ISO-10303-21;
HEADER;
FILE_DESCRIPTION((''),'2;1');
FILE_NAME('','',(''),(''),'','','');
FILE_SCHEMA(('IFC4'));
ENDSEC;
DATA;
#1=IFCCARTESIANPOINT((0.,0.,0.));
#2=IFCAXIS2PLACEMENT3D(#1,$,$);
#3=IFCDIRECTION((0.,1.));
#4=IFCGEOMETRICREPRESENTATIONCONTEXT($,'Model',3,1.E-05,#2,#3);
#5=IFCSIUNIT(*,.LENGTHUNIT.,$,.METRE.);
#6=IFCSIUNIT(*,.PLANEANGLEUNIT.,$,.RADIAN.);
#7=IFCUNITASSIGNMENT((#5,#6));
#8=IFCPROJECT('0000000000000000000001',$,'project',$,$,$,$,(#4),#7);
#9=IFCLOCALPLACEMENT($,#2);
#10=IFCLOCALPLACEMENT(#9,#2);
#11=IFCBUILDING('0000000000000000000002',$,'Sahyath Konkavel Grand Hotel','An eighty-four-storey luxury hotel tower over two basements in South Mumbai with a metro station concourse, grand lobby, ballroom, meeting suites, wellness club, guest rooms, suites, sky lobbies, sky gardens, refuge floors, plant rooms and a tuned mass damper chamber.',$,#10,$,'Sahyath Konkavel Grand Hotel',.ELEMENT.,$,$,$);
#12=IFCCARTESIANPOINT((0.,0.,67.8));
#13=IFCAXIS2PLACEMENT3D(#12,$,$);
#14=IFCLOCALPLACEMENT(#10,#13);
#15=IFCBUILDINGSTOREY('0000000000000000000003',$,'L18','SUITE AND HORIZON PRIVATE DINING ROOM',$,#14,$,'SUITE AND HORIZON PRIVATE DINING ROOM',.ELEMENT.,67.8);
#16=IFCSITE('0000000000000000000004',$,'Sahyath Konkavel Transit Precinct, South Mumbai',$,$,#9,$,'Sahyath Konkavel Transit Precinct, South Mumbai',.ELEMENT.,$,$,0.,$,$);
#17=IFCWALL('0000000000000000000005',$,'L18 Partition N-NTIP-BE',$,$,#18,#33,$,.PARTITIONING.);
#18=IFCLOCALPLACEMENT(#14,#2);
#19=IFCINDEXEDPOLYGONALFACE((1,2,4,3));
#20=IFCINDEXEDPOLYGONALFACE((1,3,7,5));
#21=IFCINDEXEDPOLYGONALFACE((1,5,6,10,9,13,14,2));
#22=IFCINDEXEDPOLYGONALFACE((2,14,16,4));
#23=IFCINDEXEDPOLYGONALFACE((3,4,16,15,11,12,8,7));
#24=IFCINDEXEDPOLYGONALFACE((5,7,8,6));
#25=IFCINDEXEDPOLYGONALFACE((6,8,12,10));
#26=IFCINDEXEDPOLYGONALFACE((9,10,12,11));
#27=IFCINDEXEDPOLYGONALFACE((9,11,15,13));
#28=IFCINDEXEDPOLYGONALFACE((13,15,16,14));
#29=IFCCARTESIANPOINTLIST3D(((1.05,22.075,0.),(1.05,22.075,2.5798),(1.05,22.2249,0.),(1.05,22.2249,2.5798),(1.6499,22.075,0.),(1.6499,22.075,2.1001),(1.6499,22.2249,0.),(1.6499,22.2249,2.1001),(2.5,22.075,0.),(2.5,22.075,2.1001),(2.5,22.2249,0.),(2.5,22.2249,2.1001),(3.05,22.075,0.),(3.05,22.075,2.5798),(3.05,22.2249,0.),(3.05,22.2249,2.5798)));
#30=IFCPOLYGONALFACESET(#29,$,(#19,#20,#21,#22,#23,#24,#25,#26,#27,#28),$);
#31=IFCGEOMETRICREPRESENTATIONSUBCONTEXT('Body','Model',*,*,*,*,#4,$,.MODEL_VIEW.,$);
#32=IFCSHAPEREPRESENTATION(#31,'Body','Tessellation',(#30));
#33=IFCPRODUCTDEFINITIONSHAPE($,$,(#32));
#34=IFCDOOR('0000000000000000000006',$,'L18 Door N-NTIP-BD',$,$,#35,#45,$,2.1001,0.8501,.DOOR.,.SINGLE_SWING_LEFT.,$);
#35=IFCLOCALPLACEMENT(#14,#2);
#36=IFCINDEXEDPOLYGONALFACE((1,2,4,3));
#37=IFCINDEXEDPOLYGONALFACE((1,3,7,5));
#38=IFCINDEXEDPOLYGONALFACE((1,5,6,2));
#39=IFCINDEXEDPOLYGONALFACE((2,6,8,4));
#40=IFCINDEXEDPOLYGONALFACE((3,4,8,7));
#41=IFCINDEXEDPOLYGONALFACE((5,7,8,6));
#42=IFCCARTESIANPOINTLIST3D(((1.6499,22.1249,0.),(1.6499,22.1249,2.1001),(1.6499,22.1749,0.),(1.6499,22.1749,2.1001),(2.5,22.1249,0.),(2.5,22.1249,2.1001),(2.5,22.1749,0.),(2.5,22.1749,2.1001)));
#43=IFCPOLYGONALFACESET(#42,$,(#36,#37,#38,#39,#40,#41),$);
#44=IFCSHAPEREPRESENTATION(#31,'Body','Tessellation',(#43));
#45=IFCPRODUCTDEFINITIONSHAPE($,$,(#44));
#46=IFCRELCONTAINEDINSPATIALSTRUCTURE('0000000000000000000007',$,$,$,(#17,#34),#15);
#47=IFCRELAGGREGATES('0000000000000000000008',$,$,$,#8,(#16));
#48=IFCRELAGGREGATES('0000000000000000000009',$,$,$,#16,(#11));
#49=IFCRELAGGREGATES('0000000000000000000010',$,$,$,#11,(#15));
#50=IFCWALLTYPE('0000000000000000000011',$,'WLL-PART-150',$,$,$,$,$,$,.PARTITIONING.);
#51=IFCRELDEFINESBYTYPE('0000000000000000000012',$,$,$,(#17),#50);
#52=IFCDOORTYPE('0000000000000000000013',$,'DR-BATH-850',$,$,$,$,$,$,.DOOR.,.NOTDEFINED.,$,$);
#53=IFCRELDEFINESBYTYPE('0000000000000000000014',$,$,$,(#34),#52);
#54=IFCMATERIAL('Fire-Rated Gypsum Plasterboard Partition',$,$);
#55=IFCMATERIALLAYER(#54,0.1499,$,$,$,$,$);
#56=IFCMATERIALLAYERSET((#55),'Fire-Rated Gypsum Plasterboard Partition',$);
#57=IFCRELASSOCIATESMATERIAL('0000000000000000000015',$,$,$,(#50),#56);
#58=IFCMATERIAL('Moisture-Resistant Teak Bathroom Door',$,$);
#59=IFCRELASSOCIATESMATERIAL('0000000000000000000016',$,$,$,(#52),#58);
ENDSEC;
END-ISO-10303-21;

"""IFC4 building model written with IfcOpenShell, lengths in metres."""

from ifc_helpers import new_model, si_unit, direction, frame, frame_2d, origin, origin_2d, place, context, subcontext, project, spatial, rectangle, extrude, source, transform, mapped, material, layer, layer_set, type_object, element, fill, save


model = new_model("IFC4")

# Units and contexts
model_context = context("Model", 3, precision=1e-05, world=origin(), true_north=direction((0.0, 1.0)))
body_context = subcontext(model_context, "Body", "Model", "MODEL_VIEW")
ifc_project = project(units=[si_unit("LENGTHUNIT", "METRE"), si_unit("PLANEANGLEUNIT", "RADIAN")], contexts=[model_context])

# Site, building, storey
site_placement = place(None, origin())
site = spatial("IfcSite", under=ifc_project, at=site_placement, Name="Sahyath Konkavel Transit Precinct, South Mumbai", LongName="Sahyath Konkavel Transit Precinct, South Mumbai", CompositionType="ELEMENT", RefElevation=0.0)
building_placement = place(site_placement, origin())
building = spatial("IfcBuilding", under=site, at=building_placement, Name="Sahyath Konkavel Grand Hotel", Description="An eighty-four-storey luxury hotel tower over two basements in South Mumbai with a metro station concourse, grand lobby, ballroom, meeting suites, wellness club, guest rooms, suites, sky lobbies, sky gardens, refuge floors, plant rooms and a tuned mass damper chamber.", LongName="Sahyath Konkavel Grand Hotel", CompositionType="ELEMENT")
storey_placement = place(building_placement, frame((0.0, 0.0, 67.8)))
storey = spatial("IfcBuildingStorey", under=building, at=storey_placement, Name="L18", Description="SUITE AND HORIZON PRIVATE DINING ROOM", LongName="SUITE AND HORIZON PRIVATE DINING ROOM", CompositionType="ELEMENT", Elevation=67.8)

# Shared definitions
ifc_material_1 = material(Name="Fire-Rated Gypsum Plasterboard Partition")
ifc_layer_1 = layer(ifc_material_1, 0.1499)
ifc_layer_set_1 = layer_set([ifc_layer_1], Name="Fire-Rated Gypsum Plasterboard Partition")
wall_type_1 = type_object("IfcWallType", Name="WLL-PART-150", PredefinedType="PARTITIONING", material=ifc_layer_set_1)

# Wall, opening, door
wall_1_placement = place(storey_placement, frame((3.05, 22.1499, 0.0), z_axis=(0.0, 0.0, 1.0), x_axis=(-1.0, 0.0, 0.0)))
wall_1 = element("IfcWall", 1, at=wall_1_placement, inside=storey, type_object=wall_type_1, Name="L18 Partition N-NTIP-BE", PredefinedType="PARTITIONING", context=body_context, shape_type="SweptSolid", body=[
    extrude(rectangle(XDim=2.0, YDim=0.1499, at=frame_2d((1.0, 0.0))), origin(), (0.0, 0.0, 1.0), 2.5798),
])
opening_1_placement = place(wall_1_placement, frame((0.55, 0.0, 0.0)))
opening_1 = element("IfcOpeningElement", 2, at=opening_1_placement, cuts=wall_1, PredefinedType="OPENING", context=body_context, shape_type="SweptSolid", body=[
    extrude(rectangle(XDim=0.8501, YDim=2.1001, at=frame_2d((0.425, 1.05))), frame((0.0, 0.085, 0.0), z_axis=(0.0, -1.0, 0.0), x_axis=(1.0, 0.0, 0.0)), (0.0, 0.0, 1.0), 0.1699),
])
ifc_material_2 = material(Name="Moisture-Resistant Teak Bathroom Door")
door_type_1 = type_object("IfcDoorType", Name="DR-BATH-850", OperationType="NOTDEFINED", PredefinedType="DOOR", material=ifc_material_2)
shared_shape_1 = source(origin(), body_context, "Body", "SweptSolid", [
    extrude(rectangle(XDim=0.8501, YDim=0.05, at=origin_2d()), origin(), (0.0, 0.0, 1.0), 2.1001),
])
door_1_placement = place(opening_1_placement, frame((0.425, 0.0, 0.0)))
door_1 = element("IfcDoor", 3, at=door_1_placement, inside=storey, type_object=door_type_1, Name="L18 Door N-NTIP-BD", OperationType="SINGLE_SWING_LEFT", OverallHeight=2.1001, OverallWidth=0.8501, PredefinedType="DOOR", context=body_context, shape_type="MappedRepresentation", body=[
    mapped(shared_shape_1, transform((0.0, 0.0, 0.0), scale=1.0)),
])
fill(opening_1, door_1)

save(model, "model.ifc")
